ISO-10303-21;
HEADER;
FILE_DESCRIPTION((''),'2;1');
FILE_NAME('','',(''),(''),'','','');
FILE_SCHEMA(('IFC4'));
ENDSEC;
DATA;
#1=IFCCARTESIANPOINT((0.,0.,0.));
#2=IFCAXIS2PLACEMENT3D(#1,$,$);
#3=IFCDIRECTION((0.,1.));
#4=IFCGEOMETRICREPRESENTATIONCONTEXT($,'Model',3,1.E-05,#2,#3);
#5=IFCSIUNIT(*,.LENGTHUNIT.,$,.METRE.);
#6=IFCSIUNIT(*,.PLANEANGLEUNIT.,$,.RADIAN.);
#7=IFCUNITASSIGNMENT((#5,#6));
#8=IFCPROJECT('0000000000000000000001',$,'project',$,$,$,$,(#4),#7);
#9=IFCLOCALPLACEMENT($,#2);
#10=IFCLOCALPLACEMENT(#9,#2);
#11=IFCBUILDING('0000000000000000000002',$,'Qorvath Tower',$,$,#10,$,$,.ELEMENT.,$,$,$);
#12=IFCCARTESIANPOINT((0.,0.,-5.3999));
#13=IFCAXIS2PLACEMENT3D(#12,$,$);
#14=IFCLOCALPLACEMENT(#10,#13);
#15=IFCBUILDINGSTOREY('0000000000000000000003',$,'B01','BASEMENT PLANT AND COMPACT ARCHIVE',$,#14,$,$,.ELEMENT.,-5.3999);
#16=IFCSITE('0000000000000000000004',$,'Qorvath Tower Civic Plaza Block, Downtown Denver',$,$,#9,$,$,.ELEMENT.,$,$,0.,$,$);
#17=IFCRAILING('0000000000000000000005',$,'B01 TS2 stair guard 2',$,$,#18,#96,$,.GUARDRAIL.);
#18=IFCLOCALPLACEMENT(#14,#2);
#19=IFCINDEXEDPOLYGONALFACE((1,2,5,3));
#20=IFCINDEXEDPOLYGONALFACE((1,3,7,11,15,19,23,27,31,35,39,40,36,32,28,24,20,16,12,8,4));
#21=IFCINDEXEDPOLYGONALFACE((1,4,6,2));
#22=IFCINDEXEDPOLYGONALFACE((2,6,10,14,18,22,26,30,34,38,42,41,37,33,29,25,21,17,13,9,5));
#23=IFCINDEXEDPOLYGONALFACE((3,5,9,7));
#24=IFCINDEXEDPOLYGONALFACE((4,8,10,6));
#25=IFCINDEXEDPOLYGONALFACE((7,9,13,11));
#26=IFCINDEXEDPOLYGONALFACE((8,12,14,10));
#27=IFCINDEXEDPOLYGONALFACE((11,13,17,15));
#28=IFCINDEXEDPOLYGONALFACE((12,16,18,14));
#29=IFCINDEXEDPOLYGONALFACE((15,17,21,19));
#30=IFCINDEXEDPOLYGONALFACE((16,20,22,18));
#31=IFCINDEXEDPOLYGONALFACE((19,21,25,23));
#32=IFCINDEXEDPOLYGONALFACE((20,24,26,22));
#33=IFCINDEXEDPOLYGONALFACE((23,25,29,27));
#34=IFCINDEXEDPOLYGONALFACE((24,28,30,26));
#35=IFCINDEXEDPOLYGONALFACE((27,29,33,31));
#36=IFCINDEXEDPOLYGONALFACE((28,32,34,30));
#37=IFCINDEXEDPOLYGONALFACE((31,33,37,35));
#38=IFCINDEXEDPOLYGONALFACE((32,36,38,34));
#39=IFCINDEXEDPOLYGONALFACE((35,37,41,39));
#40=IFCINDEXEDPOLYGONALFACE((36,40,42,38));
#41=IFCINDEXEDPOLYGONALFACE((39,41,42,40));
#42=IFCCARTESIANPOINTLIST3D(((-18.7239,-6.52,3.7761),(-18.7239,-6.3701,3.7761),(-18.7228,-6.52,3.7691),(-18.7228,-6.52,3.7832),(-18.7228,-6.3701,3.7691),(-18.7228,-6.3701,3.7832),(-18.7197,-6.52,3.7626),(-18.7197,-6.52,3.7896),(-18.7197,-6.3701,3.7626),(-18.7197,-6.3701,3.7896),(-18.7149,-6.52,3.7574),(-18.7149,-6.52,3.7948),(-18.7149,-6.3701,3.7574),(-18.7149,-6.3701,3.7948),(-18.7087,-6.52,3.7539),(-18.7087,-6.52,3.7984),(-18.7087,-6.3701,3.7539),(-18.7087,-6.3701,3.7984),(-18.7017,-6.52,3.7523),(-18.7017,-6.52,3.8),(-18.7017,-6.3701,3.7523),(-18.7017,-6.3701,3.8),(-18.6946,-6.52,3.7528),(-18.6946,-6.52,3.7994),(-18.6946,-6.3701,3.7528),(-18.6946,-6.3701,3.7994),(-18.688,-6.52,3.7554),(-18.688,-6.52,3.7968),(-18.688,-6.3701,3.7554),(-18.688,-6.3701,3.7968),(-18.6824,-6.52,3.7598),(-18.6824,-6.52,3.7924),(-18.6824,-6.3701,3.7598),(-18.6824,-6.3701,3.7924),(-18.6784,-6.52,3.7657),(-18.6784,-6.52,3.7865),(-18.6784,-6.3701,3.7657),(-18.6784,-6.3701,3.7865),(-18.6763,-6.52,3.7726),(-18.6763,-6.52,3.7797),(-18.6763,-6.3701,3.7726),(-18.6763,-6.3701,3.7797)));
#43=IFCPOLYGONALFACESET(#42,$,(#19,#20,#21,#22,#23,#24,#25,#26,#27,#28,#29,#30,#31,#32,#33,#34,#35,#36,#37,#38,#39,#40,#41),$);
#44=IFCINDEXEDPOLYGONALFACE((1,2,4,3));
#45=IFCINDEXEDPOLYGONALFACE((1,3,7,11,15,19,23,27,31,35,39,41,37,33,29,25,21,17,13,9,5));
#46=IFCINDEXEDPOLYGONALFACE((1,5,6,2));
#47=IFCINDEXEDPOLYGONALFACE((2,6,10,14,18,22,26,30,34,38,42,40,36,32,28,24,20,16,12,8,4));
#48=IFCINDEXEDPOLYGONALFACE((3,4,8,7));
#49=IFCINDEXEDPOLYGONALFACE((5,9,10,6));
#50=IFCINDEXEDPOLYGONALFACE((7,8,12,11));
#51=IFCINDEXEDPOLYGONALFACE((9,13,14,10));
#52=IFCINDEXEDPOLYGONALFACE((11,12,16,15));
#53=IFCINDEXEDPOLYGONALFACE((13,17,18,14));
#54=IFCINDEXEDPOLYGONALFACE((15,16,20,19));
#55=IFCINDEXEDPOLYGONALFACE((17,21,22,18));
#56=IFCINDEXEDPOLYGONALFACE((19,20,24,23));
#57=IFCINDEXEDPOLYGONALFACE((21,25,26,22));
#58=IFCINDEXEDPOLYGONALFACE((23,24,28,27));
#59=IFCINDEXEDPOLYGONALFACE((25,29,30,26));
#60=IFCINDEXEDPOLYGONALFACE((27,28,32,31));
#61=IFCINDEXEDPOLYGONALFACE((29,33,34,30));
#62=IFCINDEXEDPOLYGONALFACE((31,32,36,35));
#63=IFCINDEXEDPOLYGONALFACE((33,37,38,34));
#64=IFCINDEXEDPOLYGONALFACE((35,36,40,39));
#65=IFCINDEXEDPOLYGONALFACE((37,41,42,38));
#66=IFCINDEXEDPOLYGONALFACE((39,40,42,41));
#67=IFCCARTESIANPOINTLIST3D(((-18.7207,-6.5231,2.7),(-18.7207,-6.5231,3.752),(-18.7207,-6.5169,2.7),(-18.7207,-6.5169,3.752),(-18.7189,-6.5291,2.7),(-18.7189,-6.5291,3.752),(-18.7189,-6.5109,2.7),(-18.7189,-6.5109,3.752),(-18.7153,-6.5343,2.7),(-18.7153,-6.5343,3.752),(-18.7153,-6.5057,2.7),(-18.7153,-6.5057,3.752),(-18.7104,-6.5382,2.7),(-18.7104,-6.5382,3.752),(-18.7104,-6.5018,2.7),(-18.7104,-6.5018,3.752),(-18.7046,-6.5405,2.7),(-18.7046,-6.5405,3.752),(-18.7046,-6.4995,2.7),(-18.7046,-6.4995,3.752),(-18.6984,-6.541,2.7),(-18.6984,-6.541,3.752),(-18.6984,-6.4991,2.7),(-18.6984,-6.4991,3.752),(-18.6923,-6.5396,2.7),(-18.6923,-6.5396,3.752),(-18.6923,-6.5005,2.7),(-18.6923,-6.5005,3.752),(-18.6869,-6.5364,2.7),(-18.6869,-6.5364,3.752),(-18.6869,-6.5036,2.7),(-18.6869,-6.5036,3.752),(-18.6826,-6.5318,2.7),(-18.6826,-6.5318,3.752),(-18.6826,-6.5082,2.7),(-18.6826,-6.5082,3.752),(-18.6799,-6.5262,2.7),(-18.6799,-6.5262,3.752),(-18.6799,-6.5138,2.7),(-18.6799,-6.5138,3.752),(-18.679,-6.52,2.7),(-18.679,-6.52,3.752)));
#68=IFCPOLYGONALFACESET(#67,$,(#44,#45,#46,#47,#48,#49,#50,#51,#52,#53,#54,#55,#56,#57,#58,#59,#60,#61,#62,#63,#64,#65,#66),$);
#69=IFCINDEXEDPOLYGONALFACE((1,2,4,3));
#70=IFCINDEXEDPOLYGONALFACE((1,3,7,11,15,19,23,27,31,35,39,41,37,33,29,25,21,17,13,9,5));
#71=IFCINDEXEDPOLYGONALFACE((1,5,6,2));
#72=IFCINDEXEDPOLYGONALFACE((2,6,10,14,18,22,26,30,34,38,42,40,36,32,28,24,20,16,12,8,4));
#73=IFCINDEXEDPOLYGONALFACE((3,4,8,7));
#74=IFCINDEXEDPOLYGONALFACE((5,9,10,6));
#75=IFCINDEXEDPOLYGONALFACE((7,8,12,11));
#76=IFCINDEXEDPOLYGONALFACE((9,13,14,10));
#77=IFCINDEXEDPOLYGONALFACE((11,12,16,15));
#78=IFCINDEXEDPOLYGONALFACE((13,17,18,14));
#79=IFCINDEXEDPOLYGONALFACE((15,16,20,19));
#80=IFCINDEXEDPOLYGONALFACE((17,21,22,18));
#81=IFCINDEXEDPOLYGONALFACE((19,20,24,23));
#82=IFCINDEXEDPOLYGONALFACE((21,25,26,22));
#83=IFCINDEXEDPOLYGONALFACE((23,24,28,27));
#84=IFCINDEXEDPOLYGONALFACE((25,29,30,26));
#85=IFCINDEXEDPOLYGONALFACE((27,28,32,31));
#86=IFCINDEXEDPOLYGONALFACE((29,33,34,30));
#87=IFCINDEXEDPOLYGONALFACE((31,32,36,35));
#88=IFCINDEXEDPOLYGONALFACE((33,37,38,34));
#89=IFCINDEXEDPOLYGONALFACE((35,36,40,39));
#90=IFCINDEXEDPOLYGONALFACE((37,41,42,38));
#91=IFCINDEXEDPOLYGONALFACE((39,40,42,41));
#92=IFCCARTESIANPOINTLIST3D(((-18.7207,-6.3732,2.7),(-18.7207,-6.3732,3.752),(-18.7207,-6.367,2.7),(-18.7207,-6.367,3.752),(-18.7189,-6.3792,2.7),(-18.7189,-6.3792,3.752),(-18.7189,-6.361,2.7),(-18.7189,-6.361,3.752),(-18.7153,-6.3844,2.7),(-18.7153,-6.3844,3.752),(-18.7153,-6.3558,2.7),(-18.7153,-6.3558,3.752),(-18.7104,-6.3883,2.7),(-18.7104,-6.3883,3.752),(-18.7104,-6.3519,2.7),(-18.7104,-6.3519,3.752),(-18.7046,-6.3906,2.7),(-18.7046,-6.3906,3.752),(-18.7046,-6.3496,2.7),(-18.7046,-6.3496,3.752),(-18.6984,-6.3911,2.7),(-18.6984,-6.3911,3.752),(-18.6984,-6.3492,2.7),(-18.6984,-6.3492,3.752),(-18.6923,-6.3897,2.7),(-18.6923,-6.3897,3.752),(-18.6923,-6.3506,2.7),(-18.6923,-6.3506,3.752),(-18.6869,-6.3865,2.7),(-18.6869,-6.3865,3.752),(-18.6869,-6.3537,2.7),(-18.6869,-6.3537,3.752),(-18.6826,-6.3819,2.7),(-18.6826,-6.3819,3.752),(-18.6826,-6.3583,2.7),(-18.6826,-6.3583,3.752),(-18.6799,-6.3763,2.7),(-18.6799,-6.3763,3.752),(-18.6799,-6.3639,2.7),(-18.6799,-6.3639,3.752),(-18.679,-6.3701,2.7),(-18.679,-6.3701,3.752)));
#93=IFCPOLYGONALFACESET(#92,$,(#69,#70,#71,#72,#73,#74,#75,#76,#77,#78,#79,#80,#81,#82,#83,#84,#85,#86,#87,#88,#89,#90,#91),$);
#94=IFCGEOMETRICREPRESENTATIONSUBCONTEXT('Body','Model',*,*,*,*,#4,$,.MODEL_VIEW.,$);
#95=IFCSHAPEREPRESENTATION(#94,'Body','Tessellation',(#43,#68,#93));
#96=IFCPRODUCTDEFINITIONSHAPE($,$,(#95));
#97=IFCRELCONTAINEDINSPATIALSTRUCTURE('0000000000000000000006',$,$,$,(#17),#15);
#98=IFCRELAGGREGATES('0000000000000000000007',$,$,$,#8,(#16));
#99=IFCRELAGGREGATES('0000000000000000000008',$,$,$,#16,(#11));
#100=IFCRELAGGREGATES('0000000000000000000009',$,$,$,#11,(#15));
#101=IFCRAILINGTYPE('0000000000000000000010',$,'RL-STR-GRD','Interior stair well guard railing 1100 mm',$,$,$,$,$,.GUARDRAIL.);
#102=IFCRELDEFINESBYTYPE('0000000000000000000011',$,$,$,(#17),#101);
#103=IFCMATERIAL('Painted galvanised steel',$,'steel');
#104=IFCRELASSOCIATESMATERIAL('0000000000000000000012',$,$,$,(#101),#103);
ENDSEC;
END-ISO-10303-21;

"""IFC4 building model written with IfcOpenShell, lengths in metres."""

from ifc_helpers import new_model, si_unit, direction, frame, origin, origin_2d, place, context, subcontext, project, spatial, circle, extrude, material, type_object, element, save


model = new_model("IFC4")

# Units and contexts
model_context = context("Model", 3, precision=1e-05, world=origin(), true_north=direction((0.0, 1.0)))
body_context = subcontext(model_context, "Body", "Model", "MODEL_VIEW")
ifc_project = project(units=[si_unit("LENGTHUNIT", "METRE"), si_unit("PLANEANGLEUNIT", "RADIAN")], contexts=[model_context])

# Site, building, storey
site_placement = place(None, origin())
site = spatial("IfcSite", under=ifc_project, at=site_placement, Name="Qorvath Tower Civic Plaza Block, Downtown Denver", CompositionType="ELEMENT", RefElevation=0.0)
building_placement = place(site_placement, origin())
building = spatial("IfcBuilding", under=site, at=building_placement, Name="Qorvath Tower", CompositionType="ELEMENT")
storey_placement = place(building_placement, frame((0.0, 0.0, -5.3999)))
storey = spatial("IfcBuildingStorey", under=building, at=storey_placement, Name="B01", Description="BASEMENT PLANT AND COMPACT ARCHIVE", CompositionType="ELEMENT", Elevation=-5.3999)

# Railing
ifc_material_1 = material(Name="Painted galvanised steel", Category="steel")
railing_type_1 = type_object("IfcRailingType", Name="RL-STR-GRD", Description="Interior stair well guard railing 1100 mm", PredefinedType="GUARDRAIL", material=ifc_material_1)
railing_1_placement = place(storey_placement, frame((-18.7, -6.52, 2.7)))
element("IfcRailing", 1, at=railing_1_placement, inside=storey, type_object=railing_type_1, Name="B01 TS2 stair guard 2", PredefinedType="GUARDRAIL", context=body_context, shape_type="SweptSolid", body=[
    extrude(circle(Radius=0.0239, at=origin_2d()), frame((0.0, 0.0, 1.0762), z_axis=(0.0, 1.0, 0.0), x_axis=(-1.0, 0.0, 0.0)), (0.0, 0.0, 1.0), 0.1499),
    extrude(circle(Radius=0.021, at=origin_2d()), origin(), (0.0, 0.0, 1.0), 1.052),
    extrude(circle(Radius=0.021, at=origin_2d()), frame((0.0, 0.1499, 0.0)), (0.0, 0.0, 1.0), 1.052),
])

save(model, "model.ifc")
